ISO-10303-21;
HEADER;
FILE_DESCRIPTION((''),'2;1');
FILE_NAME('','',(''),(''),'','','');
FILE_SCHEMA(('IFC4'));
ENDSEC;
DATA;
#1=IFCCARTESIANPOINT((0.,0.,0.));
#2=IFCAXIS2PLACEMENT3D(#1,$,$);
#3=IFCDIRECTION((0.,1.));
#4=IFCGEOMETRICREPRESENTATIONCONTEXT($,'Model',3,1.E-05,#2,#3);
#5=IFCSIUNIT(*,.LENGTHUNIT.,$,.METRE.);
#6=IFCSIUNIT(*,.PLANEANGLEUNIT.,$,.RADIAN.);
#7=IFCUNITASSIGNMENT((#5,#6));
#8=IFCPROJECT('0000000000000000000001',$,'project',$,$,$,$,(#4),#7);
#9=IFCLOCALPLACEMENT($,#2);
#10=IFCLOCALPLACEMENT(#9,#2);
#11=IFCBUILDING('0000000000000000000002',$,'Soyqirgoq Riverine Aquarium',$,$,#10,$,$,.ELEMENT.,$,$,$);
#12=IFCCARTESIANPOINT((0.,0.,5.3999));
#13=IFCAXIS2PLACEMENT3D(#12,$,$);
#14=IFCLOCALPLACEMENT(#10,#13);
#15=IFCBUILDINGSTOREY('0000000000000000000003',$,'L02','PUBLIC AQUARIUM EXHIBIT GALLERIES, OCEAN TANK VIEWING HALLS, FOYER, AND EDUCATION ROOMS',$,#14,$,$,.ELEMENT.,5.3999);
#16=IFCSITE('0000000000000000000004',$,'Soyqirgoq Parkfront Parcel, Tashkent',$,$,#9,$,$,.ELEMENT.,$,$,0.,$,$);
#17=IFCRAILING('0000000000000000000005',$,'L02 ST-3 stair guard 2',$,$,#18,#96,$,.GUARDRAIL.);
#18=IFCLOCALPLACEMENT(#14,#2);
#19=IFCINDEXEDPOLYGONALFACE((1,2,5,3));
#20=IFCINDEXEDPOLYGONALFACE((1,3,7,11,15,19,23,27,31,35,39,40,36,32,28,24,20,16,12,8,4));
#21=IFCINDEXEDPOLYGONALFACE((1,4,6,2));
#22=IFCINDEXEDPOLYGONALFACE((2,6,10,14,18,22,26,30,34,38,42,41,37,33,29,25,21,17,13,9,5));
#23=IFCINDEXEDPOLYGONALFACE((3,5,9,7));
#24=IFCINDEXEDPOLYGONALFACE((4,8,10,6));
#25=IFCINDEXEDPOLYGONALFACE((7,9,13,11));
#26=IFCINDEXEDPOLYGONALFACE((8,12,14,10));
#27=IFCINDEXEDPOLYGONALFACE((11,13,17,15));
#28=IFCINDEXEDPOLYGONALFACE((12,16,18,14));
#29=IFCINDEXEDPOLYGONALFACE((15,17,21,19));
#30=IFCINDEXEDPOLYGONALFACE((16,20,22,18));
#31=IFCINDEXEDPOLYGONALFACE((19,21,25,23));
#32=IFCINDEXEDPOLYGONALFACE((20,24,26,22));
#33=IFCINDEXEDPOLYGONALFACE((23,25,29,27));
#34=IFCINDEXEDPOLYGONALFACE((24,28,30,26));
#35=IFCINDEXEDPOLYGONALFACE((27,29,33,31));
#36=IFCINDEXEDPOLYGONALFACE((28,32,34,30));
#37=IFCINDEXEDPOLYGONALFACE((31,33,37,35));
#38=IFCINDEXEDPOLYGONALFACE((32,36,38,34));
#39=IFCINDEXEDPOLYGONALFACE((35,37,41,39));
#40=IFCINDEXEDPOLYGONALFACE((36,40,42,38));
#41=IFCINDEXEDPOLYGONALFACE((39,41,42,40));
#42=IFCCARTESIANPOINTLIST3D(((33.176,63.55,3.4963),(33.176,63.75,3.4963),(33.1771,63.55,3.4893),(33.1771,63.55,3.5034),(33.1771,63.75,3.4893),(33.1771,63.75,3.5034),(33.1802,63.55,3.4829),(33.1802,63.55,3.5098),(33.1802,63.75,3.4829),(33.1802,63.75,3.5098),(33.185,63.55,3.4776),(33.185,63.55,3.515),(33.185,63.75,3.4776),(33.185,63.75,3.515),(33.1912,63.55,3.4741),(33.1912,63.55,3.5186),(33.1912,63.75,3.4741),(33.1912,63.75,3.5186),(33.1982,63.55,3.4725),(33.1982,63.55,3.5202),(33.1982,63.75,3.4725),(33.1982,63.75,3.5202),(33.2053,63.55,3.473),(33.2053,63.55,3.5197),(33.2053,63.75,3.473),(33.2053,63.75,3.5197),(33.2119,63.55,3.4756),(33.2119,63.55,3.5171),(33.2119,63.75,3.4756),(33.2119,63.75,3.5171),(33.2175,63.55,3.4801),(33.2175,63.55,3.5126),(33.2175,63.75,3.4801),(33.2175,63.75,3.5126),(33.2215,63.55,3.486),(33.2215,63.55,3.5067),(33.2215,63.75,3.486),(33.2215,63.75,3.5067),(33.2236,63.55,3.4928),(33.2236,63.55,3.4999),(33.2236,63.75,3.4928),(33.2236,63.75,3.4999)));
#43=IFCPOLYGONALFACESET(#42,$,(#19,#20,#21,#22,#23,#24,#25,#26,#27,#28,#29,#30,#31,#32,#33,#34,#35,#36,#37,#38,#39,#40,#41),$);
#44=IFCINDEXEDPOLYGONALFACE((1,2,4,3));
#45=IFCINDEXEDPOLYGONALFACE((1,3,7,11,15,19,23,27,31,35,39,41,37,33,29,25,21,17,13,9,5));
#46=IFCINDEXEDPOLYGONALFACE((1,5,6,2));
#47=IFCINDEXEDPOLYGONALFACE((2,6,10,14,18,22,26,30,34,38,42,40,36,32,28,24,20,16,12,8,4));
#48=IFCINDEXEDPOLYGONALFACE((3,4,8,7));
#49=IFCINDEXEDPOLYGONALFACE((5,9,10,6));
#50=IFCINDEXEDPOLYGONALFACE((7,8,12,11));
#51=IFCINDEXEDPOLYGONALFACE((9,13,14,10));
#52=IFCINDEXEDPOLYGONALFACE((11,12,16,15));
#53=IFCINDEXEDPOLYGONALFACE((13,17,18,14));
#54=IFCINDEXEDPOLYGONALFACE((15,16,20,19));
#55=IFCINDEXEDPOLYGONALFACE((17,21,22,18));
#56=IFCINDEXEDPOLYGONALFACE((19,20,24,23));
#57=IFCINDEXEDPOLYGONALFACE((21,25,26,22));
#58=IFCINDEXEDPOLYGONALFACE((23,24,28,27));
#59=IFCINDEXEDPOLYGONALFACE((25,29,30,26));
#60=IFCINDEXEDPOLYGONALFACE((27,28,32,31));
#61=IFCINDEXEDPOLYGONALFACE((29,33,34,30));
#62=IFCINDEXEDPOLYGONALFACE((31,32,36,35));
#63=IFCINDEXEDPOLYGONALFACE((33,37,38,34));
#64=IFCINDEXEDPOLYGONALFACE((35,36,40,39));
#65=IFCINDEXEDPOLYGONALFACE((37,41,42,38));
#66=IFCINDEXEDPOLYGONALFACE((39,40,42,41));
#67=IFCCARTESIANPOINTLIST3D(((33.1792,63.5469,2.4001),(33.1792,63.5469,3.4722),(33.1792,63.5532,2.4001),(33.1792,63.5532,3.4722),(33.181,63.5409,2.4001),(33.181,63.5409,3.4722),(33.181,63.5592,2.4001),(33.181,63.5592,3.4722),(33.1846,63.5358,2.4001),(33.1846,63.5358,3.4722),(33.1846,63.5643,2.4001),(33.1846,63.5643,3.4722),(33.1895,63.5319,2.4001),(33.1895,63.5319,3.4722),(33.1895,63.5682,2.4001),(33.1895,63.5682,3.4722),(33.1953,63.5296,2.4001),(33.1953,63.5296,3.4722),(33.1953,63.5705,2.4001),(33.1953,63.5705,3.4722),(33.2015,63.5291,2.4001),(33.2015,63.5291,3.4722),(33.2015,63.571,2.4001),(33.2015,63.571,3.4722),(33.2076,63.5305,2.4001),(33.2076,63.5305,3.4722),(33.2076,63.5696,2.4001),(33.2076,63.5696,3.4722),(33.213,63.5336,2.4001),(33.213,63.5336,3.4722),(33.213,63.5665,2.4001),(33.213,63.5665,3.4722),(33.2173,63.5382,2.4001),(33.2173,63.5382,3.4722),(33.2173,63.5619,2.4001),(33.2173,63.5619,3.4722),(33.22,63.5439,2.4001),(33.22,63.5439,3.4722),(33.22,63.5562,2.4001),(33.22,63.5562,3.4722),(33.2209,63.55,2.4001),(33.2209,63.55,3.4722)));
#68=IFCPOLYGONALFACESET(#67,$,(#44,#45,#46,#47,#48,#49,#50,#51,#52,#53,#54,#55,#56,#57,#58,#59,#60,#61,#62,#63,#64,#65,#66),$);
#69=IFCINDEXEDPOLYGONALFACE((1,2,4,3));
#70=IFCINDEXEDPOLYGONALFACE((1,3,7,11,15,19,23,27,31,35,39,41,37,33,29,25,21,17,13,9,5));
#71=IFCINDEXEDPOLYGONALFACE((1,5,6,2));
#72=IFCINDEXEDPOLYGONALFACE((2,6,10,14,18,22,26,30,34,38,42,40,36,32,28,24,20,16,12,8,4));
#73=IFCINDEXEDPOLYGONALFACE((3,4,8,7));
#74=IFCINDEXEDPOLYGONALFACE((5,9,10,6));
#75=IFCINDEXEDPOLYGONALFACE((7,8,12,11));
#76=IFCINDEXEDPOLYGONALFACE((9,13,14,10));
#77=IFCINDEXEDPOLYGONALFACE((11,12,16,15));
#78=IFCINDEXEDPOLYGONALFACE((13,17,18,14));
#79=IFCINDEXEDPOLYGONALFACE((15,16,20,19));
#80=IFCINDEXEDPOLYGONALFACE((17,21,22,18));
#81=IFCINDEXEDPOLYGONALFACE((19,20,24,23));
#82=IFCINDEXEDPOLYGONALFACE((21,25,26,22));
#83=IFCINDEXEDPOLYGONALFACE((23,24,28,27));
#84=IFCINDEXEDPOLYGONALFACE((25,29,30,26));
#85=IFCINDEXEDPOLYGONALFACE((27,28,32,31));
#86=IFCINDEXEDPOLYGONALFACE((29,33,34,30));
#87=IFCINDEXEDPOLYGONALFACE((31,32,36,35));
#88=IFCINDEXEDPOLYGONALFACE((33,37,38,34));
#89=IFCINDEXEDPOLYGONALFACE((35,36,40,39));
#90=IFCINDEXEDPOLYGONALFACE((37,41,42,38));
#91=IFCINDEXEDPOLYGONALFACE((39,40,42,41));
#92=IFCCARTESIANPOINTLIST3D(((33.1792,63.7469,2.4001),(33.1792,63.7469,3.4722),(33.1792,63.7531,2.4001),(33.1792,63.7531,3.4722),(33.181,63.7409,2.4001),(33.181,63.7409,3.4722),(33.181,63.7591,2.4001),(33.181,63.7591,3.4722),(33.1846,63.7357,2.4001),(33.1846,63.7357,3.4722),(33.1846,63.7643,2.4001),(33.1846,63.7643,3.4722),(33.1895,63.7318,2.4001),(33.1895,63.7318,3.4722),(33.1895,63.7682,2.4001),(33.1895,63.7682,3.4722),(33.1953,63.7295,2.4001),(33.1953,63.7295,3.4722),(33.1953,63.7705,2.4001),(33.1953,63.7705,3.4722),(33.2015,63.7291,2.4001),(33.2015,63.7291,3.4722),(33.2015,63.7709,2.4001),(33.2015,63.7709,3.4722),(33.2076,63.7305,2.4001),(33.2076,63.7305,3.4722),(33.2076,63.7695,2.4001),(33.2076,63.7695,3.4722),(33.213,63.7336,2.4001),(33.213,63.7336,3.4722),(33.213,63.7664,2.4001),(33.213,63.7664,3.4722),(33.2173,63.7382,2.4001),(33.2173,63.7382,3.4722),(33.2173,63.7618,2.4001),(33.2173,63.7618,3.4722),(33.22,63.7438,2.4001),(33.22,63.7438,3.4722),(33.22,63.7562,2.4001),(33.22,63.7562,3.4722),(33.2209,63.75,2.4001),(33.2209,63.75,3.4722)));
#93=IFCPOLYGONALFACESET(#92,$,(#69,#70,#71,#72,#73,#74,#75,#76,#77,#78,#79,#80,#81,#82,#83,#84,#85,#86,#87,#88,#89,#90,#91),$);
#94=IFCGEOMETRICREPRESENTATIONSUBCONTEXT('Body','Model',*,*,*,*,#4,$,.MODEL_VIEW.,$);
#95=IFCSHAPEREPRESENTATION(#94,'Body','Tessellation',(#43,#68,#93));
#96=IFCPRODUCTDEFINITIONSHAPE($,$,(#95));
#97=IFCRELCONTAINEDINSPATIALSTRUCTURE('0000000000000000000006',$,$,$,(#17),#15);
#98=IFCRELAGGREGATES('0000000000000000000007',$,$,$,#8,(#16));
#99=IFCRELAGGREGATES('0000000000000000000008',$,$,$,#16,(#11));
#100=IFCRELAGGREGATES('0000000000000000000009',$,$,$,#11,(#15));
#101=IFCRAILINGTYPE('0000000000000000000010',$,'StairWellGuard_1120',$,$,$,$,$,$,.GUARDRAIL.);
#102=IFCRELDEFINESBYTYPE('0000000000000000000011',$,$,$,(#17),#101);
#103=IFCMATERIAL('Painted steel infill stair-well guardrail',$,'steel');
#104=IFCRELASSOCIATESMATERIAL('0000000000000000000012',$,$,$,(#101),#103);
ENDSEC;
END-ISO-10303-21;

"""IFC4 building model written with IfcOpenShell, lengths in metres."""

from ifc_helpers import new_model, si_unit, direction, frame, origin, origin_2d, place, context, subcontext, project, spatial, circle, extrude, material, type_object, element, save


model = new_model("IFC4")

# Units and contexts
model_context = context("Model", 3, precision=1e-05, world=origin(), true_north=direction((0.0, 1.0)))
body_context = subcontext(model_context, "Body", "Model", "MODEL_VIEW")
ifc_project = project(units=[si_unit("LENGTHUNIT", "METRE"), si_unit("PLANEANGLEUNIT", "RADIAN")], contexts=[model_context])

# Site, building, storey
site_placement = place(None, origin())
site = spatial("IfcSite", under=ifc_project, at=site_placement, Name="Soyqirgoq Parkfront Parcel, Tashkent", CompositionType="ELEMENT", RefElevation=0.0)
building_placement = place(site_placement, origin())
building = spatial("IfcBuilding", under=site, at=building_placement, Name="Soyqirgoq Riverine Aquarium", CompositionType="ELEMENT")
storey_placement = place(building_placement, frame((0.0, 0.0, 5.3999)))
storey = spatial("IfcBuildingStorey", under=building, at=storey_placement, Name="L02", Description="PUBLIC AQUARIUM EXHIBIT GALLERIES, OCEAN TANK VIEWING HALLS, FOYER, AND EDUCATION ROOMS", CompositionType="ELEMENT", Elevation=5.3999)

# Railing
ifc_material_1 = material(Name="Painted steel infill stair-well guardrail", Category="steel")
railing_type_1 = type_object("IfcRailingType", Name="StairWellGuard_1120", PredefinedType="GUARDRAIL", material=ifc_material_1)
railing_1_placement = place(storey_placement, frame((33.2, 63.55, 2.4001)))
element("IfcRailing", 1, at=railing_1_placement, inside=storey, type_object=railing_type_1, Name="L02 ST-3 stair guard 2", PredefinedType="GUARDRAIL", context=body_context, shape_type="SweptSolid", body=[
    extrude(circle(Radius=0.0239, at=origin_2d()), frame((0.0, 0.0, 1.0962), z_axis=(0.0, 1.0, 0.0), x_axis=(-1.0, 0.0, 0.0)), (0.0, 0.0, 1.0), 0.2),
    extrude(circle(Radius=0.021, at=origin_2d()), origin(), (0.0, 0.0, 1.0), 1.072),
    extrude(circle(Radius=0.021, at=origin_2d()), frame((0.0, 0.2, 0.0)), (0.0, 0.0, 1.0), 1.072),
])

save(model, "model.ifc")
